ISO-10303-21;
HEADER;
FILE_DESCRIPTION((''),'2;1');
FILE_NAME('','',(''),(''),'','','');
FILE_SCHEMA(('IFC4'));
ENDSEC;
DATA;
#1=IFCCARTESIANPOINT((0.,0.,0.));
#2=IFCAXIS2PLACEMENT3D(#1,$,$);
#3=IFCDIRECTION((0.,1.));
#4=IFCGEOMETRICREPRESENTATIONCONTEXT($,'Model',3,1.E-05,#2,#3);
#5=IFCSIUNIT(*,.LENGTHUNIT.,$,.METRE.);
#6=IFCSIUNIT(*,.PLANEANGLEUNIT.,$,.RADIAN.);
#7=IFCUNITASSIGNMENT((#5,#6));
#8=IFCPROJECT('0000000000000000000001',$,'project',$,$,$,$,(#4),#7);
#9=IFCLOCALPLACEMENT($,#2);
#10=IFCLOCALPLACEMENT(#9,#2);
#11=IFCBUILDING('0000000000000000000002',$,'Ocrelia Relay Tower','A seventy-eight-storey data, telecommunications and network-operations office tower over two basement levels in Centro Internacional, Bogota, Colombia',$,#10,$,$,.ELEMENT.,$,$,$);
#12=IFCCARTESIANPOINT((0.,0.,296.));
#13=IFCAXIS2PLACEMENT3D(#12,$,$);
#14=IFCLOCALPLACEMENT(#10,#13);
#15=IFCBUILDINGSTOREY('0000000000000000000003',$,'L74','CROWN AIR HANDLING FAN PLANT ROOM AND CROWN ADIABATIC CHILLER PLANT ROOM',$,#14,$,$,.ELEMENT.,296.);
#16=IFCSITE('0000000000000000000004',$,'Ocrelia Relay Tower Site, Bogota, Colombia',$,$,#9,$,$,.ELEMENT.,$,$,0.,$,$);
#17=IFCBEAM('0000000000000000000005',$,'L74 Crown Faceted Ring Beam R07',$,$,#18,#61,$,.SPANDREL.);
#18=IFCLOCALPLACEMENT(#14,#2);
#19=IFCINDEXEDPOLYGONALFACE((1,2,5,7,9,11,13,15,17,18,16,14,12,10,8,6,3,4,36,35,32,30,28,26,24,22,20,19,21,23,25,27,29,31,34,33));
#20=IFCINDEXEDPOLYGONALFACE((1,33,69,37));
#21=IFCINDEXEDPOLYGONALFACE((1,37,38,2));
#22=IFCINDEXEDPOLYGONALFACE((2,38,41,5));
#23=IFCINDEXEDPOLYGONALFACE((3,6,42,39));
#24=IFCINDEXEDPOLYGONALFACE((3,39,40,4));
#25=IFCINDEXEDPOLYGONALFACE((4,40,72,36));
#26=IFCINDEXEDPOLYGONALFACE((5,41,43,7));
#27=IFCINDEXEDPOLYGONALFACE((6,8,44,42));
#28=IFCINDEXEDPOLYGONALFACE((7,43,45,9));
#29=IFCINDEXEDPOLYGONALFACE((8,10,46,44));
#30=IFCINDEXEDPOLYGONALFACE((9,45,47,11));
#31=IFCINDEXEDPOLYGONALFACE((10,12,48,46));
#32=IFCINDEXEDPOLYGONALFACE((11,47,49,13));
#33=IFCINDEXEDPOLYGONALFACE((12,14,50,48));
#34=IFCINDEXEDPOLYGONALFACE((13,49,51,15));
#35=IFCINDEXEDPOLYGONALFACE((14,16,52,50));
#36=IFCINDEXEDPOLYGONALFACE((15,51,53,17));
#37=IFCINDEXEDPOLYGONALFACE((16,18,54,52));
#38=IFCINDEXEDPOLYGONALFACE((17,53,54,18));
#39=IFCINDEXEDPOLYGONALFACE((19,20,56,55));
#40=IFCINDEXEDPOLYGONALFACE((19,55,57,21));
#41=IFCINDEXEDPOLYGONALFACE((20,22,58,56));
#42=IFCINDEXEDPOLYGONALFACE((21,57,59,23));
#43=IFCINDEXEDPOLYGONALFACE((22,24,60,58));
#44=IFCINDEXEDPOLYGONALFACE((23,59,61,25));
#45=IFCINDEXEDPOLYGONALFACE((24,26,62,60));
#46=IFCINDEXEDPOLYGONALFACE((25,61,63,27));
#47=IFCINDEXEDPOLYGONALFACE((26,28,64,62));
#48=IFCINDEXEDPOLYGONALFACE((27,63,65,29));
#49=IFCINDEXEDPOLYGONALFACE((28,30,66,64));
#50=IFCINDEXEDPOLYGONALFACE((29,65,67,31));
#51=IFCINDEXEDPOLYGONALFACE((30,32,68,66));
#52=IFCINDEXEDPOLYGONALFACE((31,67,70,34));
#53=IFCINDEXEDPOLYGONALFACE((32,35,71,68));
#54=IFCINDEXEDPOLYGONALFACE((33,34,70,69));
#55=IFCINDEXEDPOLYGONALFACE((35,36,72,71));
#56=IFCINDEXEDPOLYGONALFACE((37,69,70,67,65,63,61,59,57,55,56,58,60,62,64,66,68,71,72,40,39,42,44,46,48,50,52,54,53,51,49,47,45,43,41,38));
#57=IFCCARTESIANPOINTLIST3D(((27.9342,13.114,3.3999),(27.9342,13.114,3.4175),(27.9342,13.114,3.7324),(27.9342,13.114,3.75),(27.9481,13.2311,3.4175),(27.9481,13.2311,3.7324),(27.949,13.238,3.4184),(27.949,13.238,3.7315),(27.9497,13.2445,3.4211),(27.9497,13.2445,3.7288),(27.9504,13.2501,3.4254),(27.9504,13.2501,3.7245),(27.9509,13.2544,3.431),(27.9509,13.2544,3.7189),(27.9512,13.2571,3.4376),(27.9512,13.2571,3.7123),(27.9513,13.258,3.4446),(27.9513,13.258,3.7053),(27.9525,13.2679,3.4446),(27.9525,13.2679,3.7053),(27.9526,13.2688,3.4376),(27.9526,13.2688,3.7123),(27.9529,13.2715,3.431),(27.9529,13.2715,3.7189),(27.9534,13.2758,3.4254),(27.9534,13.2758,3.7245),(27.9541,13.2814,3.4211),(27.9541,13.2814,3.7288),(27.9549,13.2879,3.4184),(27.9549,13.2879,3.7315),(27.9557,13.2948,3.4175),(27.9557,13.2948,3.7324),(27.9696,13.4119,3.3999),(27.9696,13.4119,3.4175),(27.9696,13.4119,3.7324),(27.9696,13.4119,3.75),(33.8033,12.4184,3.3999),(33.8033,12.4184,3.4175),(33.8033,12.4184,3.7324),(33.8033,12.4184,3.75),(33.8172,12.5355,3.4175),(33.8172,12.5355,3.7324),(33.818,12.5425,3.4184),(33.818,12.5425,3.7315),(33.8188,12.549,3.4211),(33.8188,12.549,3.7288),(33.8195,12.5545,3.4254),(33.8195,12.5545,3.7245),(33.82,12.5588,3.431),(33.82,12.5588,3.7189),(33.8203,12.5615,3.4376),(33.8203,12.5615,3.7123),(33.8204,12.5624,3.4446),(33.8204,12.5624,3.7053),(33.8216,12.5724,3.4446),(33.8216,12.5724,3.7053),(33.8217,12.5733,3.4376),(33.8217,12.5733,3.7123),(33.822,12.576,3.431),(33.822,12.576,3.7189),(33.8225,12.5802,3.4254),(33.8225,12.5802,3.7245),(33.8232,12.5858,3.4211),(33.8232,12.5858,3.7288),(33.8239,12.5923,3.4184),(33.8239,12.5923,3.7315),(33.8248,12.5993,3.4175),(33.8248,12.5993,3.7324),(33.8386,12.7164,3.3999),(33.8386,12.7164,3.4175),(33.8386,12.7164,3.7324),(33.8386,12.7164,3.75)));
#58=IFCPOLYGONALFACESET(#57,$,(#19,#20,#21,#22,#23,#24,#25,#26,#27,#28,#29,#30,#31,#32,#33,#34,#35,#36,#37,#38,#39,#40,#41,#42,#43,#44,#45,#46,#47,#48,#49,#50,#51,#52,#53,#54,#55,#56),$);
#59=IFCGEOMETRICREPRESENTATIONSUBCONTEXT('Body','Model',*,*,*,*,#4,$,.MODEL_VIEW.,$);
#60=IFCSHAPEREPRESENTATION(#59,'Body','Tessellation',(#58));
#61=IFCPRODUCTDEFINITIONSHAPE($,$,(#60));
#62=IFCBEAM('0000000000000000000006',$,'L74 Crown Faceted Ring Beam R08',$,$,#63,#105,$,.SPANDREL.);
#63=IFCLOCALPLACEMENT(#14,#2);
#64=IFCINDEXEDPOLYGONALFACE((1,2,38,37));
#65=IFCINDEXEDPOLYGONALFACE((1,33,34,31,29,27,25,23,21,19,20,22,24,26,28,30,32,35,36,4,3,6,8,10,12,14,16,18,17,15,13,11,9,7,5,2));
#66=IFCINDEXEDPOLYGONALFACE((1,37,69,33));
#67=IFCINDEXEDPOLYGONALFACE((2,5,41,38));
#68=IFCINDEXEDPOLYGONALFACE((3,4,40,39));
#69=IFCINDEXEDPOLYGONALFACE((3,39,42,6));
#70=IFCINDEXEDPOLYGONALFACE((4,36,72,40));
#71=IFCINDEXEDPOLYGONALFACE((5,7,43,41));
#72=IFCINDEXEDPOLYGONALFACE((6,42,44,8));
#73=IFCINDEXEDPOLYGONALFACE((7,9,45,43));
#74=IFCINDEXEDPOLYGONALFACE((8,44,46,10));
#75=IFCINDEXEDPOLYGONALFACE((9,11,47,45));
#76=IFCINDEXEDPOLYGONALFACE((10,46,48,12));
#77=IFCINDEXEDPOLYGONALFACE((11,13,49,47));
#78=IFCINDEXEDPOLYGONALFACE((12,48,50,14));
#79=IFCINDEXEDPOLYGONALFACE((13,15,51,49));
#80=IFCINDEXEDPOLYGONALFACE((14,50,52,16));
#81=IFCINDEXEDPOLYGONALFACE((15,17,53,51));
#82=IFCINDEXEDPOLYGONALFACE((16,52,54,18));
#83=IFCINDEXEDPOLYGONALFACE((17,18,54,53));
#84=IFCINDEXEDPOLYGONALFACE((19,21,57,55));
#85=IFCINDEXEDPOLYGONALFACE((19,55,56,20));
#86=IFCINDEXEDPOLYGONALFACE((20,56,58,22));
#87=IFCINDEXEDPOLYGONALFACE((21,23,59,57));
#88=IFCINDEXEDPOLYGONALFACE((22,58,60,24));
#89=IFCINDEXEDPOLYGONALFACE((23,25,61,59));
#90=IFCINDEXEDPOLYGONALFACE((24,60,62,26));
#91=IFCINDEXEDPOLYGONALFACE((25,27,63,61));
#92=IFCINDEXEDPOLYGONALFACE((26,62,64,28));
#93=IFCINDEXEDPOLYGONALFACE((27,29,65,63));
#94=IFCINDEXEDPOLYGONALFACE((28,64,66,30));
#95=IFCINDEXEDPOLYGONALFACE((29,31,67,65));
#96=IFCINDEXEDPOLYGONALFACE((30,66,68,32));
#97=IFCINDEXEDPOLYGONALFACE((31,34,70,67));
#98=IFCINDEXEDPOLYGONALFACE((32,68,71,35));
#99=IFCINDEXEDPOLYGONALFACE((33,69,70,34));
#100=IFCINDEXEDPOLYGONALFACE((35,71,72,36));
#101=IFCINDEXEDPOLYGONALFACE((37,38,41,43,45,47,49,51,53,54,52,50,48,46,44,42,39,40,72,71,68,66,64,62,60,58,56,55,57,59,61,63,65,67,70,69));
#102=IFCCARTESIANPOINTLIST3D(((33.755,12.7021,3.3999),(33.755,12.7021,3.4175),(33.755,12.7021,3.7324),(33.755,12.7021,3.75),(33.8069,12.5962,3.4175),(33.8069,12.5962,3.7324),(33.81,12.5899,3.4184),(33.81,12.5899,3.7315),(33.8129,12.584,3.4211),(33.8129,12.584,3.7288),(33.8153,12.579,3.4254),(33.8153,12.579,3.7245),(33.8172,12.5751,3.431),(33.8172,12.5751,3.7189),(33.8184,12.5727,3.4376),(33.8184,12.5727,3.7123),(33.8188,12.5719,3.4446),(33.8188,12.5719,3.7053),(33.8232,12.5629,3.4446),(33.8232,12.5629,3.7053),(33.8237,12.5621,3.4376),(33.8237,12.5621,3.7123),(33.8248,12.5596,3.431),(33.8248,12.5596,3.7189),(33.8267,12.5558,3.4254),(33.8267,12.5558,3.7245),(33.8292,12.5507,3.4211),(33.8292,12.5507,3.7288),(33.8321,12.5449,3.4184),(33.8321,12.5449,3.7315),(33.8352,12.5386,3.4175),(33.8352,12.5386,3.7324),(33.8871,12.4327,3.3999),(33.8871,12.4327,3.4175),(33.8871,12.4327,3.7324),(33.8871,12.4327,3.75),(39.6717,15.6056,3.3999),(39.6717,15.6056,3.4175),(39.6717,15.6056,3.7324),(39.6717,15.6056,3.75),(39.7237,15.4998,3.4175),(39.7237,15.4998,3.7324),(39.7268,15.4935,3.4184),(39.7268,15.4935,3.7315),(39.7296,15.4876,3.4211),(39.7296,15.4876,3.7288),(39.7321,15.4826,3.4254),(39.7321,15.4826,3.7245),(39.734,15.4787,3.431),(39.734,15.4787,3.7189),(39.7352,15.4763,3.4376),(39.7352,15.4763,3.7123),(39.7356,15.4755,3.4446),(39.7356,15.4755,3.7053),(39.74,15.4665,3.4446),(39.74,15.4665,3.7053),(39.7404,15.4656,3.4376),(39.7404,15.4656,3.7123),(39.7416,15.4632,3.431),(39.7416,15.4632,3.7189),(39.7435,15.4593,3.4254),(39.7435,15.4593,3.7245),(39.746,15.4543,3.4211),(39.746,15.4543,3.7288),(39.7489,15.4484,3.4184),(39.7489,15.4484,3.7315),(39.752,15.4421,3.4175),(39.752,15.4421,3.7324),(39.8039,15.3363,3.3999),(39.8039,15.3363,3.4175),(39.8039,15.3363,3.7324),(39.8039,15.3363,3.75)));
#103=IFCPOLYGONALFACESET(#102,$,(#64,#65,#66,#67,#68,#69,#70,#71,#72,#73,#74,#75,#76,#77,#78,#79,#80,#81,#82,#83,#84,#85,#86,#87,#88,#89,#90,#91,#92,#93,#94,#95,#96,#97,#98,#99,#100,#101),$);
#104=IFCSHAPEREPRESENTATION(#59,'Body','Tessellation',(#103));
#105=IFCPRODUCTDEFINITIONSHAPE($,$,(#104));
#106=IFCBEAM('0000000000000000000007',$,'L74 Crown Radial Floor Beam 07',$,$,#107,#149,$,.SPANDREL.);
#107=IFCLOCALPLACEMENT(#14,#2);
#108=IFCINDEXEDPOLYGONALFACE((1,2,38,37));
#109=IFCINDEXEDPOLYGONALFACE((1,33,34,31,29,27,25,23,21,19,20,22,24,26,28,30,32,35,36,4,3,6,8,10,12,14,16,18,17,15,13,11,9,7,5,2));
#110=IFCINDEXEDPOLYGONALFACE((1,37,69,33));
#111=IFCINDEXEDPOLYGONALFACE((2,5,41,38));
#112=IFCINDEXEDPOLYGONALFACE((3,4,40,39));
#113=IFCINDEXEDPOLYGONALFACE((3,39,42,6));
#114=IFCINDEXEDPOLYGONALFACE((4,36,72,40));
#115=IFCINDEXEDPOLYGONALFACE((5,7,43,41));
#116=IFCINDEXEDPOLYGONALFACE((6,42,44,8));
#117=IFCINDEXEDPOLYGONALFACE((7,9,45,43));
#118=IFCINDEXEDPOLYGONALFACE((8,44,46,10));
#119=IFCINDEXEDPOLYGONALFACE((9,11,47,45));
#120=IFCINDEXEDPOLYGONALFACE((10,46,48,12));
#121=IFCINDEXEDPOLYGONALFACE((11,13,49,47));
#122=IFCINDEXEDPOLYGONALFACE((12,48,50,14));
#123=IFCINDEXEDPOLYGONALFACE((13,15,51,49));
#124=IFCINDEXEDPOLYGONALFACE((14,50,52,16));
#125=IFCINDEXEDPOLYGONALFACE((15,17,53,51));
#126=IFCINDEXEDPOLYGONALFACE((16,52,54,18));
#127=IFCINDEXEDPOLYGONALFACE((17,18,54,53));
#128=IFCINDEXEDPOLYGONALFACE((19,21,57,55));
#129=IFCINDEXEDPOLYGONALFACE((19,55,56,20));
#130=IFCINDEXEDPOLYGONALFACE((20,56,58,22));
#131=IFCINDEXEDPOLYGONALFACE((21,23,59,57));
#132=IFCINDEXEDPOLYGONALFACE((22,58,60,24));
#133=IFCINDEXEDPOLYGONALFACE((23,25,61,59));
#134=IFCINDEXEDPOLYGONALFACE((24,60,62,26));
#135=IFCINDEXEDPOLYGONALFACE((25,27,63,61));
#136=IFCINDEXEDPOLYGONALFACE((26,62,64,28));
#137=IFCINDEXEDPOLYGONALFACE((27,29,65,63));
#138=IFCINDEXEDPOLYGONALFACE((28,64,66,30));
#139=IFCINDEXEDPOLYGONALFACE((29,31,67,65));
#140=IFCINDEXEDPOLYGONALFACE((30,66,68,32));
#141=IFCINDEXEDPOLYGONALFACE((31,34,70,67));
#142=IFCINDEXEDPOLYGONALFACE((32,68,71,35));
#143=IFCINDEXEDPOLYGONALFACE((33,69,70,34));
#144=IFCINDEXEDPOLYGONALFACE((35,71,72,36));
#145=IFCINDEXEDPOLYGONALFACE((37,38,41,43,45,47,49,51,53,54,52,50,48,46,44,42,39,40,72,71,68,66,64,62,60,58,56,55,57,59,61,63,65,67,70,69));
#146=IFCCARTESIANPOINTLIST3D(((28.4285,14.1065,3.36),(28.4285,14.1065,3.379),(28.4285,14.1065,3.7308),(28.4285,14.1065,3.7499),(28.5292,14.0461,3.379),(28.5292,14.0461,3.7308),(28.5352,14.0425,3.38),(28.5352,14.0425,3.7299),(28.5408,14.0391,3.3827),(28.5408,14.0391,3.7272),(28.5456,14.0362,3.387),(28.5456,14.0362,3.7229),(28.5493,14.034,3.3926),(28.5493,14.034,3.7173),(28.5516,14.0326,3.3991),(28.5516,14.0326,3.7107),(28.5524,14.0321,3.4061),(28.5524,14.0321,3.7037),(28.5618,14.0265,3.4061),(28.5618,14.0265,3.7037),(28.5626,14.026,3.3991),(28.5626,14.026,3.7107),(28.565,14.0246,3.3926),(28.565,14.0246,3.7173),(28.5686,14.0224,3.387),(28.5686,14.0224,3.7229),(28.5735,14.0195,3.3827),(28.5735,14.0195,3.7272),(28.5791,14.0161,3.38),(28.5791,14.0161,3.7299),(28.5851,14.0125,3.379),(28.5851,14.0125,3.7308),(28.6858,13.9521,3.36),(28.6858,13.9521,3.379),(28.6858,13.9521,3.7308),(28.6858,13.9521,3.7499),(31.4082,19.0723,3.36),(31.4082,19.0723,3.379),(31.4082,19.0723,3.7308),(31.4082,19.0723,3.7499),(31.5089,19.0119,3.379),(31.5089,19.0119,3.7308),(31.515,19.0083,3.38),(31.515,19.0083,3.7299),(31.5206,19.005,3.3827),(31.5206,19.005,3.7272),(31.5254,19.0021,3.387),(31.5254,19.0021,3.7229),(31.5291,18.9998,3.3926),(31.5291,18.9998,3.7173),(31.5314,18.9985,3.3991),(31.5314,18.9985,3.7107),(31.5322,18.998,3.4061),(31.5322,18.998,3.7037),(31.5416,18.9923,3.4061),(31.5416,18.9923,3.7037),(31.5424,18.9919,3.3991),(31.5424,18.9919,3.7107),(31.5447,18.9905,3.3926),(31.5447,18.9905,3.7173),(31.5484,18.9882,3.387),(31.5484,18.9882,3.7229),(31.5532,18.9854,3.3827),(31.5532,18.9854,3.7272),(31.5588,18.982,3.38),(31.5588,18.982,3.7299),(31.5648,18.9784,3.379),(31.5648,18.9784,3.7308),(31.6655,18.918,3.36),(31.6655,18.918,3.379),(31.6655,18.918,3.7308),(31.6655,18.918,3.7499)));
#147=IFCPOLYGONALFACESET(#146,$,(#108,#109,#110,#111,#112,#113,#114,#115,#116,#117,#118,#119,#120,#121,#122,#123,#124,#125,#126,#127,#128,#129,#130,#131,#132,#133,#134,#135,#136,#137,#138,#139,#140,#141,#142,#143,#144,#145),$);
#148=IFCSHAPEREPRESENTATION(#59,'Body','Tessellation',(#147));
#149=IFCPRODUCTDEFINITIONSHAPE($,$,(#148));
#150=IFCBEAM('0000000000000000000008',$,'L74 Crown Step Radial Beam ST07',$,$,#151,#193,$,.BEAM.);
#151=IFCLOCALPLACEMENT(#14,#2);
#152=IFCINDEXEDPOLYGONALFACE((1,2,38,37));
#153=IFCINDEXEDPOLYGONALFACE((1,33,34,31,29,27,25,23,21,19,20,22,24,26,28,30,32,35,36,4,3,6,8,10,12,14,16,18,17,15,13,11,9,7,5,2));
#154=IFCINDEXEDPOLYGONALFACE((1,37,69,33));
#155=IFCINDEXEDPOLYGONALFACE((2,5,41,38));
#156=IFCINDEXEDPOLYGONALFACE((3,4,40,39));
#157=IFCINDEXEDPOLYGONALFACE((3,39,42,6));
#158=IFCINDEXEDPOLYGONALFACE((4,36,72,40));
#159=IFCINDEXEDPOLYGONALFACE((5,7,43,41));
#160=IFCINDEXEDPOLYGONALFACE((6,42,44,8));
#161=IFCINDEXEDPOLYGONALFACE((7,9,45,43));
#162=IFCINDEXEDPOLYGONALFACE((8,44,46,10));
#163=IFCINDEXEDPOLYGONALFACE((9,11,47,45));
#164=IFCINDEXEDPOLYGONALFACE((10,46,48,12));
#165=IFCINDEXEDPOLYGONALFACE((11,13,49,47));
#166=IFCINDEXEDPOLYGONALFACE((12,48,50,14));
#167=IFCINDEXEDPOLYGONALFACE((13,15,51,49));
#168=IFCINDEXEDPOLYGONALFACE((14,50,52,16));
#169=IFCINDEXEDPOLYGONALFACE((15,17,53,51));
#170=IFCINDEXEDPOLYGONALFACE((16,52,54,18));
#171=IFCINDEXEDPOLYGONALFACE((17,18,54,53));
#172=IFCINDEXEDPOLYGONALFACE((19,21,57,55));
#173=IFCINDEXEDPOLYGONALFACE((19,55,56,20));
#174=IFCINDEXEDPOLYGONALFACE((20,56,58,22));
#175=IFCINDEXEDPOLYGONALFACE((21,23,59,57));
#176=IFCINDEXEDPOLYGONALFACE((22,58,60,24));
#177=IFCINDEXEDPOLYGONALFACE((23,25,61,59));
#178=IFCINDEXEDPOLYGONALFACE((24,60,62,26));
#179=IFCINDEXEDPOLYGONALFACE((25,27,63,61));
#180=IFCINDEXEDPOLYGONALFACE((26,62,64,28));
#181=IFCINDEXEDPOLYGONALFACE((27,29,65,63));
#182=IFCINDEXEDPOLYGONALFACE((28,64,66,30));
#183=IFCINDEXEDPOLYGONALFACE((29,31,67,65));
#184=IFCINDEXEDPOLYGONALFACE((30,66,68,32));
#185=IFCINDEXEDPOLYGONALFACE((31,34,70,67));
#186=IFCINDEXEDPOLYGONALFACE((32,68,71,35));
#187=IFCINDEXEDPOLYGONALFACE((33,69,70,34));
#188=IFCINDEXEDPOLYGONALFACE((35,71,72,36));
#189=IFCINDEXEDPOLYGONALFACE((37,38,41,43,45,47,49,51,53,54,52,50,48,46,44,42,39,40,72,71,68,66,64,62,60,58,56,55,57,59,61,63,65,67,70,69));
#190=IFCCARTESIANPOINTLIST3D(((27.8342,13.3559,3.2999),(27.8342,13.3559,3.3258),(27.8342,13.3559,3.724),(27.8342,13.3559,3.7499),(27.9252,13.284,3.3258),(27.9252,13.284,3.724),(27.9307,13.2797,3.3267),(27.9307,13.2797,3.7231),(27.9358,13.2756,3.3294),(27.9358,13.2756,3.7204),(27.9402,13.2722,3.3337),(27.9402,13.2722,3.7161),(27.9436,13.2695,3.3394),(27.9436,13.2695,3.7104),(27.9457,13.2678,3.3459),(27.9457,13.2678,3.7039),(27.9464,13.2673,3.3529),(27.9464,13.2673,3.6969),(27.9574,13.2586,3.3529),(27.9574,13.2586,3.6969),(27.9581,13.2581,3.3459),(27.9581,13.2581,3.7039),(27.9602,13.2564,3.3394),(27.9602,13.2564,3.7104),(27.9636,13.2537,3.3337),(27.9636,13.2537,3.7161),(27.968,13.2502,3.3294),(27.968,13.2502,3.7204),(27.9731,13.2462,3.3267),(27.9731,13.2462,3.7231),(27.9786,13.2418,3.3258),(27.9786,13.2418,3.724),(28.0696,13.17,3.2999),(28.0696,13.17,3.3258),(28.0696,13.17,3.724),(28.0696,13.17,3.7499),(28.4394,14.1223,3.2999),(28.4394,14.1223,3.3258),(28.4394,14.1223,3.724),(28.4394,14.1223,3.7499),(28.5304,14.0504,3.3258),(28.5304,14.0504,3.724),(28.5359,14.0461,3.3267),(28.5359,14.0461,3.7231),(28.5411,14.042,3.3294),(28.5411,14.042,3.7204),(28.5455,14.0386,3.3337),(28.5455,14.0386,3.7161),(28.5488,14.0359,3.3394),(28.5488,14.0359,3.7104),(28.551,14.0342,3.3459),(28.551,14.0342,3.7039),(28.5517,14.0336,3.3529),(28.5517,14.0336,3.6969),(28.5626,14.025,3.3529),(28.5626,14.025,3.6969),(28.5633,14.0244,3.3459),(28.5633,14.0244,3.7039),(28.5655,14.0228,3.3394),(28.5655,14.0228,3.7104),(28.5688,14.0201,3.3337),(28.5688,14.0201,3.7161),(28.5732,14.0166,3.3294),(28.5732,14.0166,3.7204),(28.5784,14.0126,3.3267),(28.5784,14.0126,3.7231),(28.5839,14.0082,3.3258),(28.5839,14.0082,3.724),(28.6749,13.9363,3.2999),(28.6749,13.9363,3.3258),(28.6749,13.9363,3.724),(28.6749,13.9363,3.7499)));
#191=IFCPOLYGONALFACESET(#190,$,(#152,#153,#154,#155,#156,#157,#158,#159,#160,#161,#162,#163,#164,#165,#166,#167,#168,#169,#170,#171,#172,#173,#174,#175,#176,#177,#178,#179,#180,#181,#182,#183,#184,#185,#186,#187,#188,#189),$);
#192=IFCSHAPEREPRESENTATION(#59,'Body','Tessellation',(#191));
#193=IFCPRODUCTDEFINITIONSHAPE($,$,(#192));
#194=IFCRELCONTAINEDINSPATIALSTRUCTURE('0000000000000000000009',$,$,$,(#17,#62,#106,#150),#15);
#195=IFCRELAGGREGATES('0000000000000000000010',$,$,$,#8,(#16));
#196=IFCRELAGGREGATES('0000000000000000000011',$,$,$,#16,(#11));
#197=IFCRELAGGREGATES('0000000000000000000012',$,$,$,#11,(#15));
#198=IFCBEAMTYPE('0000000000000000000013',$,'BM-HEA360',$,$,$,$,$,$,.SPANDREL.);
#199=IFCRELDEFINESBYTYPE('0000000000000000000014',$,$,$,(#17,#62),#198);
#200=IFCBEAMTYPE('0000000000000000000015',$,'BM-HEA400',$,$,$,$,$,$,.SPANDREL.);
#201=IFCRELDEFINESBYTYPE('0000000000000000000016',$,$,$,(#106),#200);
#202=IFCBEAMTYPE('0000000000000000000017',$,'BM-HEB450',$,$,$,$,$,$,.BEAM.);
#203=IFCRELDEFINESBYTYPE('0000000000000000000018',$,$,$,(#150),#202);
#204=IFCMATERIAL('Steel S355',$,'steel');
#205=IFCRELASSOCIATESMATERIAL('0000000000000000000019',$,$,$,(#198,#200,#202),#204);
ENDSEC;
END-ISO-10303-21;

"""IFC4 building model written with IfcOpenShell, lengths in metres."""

from ifc_helpers import new_model, si_unit, direction, frame, origin, origin_2d, place, context, subcontext, project, spatial, i_section, extrude, material, material_profile, profile_set, type_object, element, save


model = new_model("IFC4")

# Units and contexts
model_context = context("Model", 3, precision=1e-05, world=origin(), true_north=direction((0.0, 1.0)))
body_context = subcontext(model_context, "Body", "Model", "MODEL_VIEW")
ifc_project = project(units=[si_unit("LENGTHUNIT", "METRE"), si_unit("PLANEANGLEUNIT", "RADIAN")], contexts=[model_context])

# Site, building, storey
site_placement = place(None, origin())
site = spatial("IfcSite", under=ifc_project, at=site_placement, Name="Ocrelia Relay Tower Site, Bogota, Colombia", CompositionType="ELEMENT", RefElevation=0.0)
building_placement = place(site_placement, origin())
building = spatial("IfcBuilding", under=site, at=building_placement, Name="Ocrelia Relay Tower", Description="A seventy-eight-storey data, telecommunications and network-operations office tower over two basement levels in Centro Internacional, Bogota, Colombia", CompositionType="ELEMENT")
storey_placement = place(building_placement, frame((0.0, 0.0, 296.0)))
storey = spatial("IfcBuildingStorey", under=building, at=storey_placement, Name="L74", Description="CROWN AIR HANDLING FAN PLANT ROOM AND CROWN ADIABATIC CHILLER PLANT ROOM", CompositionType="ELEMENT", Elevation=296.0)

# Beams
ifc_material_1 = material(Name="Steel S355", Category="steel")
ifc_material_profile_1 = material_profile(ifc_material_1, i_section(OverallWidth=0.3, OverallDepth=0.3501, WebThickness=0.01, FlangeThickness=0.0176, FilletRadius=0.0271, at=origin_2d()), Name="HEA 360")
ifc_profile_set_1 = profile_set([ifc_material_profile_1], Name="Steel S355")
beam_type_1 = type_object("IfcBeamType", Name="BM-HEA360", PredefinedType="SPANDREL", material=ifc_profile_set_1)
beam_1_placement = place(storey_placement, frame((27.9519, 13.2629, 3.575), z_axis=(0.993051, -0.117687, 0.0), x_axis=(0.117687, 0.993051, 0.0)))
element("IfcBeam", 1, at=beam_1_placement, inside=storey, type_object=beam_type_1, Name="L74 Crown Faceted Ring Beam R07", PredefinedType="SPANDREL", context=body_context, shape_type="SweptSolid", body=[
    extrude(i_section(OverallWidth=0.3, OverallDepth=0.3501, WebThickness=0.01, FlangeThickness=0.0176, FilletRadius=0.0271, at=origin_2d()), origin(), (0.0, 0.0, 1.0), 5.9102),
])
beam_2_placement = place(storey_placement, frame((33.821, 12.5674, 3.575), z_axis=(0.897729, 0.440548, 0.0), x_axis=(-0.440548, 0.897729, 0.0)))
element("IfcBeam", 2, at=beam_2_placement, inside=storey, type_object=beam_type_1, Name="L74 Crown Faceted Ring Beam R08", PredefinedType="SPANDREL", context=body_context, shape_type="SweptSolid", body=[
    extrude(i_section(OverallWidth=0.3, OverallDepth=0.3501, WebThickness=0.01, FlangeThickness=0.0176, FilletRadius=0.0271, at=origin_2d()), origin(), (0.0, 0.0, 1.0), 6.5908),
])
ifc_material_profile_2 = material_profile(ifc_material_1, i_section(OverallWidth=0.3, OverallDepth=0.3899, WebThickness=0.011, FlangeThickness=0.019, FilletRadius=0.0271, at=origin_2d()), Name="HEA 400")
ifc_profile_set_2 = profile_set([ifc_material_profile_2], Name="Steel S355")
beam_type_2 = type_object("IfcBeamType", Name="BM-HEA400", PredefinedType="SPANDREL", material=ifc_profile_set_2)
beam_3_placement = place(storey_placement, frame((28.5571, 14.0293, 3.5549), z_axis=(0.514527, 0.857474, 0.0), x_axis=(-0.857474, 0.514527, 0.0)))
element("IfcBeam", 3, at=beam_3_placement, inside=storey, type_object=beam_type_2, Name="L74 Crown Radial Floor Beam 07", PredefinedType="SPANDREL", context=body_context, shape_type="SweptSolid", body=[
    extrude(i_section(OverallWidth=0.3, OverallDepth=0.3899, WebThickness=0.011, FlangeThickness=0.019, FilletRadius=0.0271, at=origin_2d()), origin(), (0.0, 0.0, 1.0), 5.7913),
])
ifc_material_profile_3 = material_profile(ifc_material_1, i_section(OverallWidth=0.3, OverallDepth=0.45, WebThickness=0.0139, FlangeThickness=0.0259, FilletRadius=0.0271, at=origin_2d()), Name="HEB 450")
ifc_profile_set_3 = profile_set([ifc_material_profile_3], Name="Steel S355")
beam_type_3 = type_object("IfcBeamType", Name="BM-HEB450", PredefinedType="BEAM", material=ifc_profile_set_3)
beam_4_placement = place(storey_placement, frame((27.9519, 13.2629, 3.5249), z_axis=(0.619774, 0.78478, 0.0), x_axis=(-0.78478, 0.619774, 0.0)))
element("IfcBeam", 4, at=beam_4_placement, inside=storey, type_object=beam_type_3, Name="L74 Crown Step Radial Beam ST07", PredefinedType="BEAM", context=body_context, shape_type="SweptSolid", body=[
    extrude(i_section(OverallWidth=0.3, OverallDepth=0.45, WebThickness=0.0139, FlangeThickness=0.0259, FilletRadius=0.0271, at=origin_2d()), origin(), (0.0, 0.0, 1.0), 0.9766),
])

save(model, "model.ifc")
